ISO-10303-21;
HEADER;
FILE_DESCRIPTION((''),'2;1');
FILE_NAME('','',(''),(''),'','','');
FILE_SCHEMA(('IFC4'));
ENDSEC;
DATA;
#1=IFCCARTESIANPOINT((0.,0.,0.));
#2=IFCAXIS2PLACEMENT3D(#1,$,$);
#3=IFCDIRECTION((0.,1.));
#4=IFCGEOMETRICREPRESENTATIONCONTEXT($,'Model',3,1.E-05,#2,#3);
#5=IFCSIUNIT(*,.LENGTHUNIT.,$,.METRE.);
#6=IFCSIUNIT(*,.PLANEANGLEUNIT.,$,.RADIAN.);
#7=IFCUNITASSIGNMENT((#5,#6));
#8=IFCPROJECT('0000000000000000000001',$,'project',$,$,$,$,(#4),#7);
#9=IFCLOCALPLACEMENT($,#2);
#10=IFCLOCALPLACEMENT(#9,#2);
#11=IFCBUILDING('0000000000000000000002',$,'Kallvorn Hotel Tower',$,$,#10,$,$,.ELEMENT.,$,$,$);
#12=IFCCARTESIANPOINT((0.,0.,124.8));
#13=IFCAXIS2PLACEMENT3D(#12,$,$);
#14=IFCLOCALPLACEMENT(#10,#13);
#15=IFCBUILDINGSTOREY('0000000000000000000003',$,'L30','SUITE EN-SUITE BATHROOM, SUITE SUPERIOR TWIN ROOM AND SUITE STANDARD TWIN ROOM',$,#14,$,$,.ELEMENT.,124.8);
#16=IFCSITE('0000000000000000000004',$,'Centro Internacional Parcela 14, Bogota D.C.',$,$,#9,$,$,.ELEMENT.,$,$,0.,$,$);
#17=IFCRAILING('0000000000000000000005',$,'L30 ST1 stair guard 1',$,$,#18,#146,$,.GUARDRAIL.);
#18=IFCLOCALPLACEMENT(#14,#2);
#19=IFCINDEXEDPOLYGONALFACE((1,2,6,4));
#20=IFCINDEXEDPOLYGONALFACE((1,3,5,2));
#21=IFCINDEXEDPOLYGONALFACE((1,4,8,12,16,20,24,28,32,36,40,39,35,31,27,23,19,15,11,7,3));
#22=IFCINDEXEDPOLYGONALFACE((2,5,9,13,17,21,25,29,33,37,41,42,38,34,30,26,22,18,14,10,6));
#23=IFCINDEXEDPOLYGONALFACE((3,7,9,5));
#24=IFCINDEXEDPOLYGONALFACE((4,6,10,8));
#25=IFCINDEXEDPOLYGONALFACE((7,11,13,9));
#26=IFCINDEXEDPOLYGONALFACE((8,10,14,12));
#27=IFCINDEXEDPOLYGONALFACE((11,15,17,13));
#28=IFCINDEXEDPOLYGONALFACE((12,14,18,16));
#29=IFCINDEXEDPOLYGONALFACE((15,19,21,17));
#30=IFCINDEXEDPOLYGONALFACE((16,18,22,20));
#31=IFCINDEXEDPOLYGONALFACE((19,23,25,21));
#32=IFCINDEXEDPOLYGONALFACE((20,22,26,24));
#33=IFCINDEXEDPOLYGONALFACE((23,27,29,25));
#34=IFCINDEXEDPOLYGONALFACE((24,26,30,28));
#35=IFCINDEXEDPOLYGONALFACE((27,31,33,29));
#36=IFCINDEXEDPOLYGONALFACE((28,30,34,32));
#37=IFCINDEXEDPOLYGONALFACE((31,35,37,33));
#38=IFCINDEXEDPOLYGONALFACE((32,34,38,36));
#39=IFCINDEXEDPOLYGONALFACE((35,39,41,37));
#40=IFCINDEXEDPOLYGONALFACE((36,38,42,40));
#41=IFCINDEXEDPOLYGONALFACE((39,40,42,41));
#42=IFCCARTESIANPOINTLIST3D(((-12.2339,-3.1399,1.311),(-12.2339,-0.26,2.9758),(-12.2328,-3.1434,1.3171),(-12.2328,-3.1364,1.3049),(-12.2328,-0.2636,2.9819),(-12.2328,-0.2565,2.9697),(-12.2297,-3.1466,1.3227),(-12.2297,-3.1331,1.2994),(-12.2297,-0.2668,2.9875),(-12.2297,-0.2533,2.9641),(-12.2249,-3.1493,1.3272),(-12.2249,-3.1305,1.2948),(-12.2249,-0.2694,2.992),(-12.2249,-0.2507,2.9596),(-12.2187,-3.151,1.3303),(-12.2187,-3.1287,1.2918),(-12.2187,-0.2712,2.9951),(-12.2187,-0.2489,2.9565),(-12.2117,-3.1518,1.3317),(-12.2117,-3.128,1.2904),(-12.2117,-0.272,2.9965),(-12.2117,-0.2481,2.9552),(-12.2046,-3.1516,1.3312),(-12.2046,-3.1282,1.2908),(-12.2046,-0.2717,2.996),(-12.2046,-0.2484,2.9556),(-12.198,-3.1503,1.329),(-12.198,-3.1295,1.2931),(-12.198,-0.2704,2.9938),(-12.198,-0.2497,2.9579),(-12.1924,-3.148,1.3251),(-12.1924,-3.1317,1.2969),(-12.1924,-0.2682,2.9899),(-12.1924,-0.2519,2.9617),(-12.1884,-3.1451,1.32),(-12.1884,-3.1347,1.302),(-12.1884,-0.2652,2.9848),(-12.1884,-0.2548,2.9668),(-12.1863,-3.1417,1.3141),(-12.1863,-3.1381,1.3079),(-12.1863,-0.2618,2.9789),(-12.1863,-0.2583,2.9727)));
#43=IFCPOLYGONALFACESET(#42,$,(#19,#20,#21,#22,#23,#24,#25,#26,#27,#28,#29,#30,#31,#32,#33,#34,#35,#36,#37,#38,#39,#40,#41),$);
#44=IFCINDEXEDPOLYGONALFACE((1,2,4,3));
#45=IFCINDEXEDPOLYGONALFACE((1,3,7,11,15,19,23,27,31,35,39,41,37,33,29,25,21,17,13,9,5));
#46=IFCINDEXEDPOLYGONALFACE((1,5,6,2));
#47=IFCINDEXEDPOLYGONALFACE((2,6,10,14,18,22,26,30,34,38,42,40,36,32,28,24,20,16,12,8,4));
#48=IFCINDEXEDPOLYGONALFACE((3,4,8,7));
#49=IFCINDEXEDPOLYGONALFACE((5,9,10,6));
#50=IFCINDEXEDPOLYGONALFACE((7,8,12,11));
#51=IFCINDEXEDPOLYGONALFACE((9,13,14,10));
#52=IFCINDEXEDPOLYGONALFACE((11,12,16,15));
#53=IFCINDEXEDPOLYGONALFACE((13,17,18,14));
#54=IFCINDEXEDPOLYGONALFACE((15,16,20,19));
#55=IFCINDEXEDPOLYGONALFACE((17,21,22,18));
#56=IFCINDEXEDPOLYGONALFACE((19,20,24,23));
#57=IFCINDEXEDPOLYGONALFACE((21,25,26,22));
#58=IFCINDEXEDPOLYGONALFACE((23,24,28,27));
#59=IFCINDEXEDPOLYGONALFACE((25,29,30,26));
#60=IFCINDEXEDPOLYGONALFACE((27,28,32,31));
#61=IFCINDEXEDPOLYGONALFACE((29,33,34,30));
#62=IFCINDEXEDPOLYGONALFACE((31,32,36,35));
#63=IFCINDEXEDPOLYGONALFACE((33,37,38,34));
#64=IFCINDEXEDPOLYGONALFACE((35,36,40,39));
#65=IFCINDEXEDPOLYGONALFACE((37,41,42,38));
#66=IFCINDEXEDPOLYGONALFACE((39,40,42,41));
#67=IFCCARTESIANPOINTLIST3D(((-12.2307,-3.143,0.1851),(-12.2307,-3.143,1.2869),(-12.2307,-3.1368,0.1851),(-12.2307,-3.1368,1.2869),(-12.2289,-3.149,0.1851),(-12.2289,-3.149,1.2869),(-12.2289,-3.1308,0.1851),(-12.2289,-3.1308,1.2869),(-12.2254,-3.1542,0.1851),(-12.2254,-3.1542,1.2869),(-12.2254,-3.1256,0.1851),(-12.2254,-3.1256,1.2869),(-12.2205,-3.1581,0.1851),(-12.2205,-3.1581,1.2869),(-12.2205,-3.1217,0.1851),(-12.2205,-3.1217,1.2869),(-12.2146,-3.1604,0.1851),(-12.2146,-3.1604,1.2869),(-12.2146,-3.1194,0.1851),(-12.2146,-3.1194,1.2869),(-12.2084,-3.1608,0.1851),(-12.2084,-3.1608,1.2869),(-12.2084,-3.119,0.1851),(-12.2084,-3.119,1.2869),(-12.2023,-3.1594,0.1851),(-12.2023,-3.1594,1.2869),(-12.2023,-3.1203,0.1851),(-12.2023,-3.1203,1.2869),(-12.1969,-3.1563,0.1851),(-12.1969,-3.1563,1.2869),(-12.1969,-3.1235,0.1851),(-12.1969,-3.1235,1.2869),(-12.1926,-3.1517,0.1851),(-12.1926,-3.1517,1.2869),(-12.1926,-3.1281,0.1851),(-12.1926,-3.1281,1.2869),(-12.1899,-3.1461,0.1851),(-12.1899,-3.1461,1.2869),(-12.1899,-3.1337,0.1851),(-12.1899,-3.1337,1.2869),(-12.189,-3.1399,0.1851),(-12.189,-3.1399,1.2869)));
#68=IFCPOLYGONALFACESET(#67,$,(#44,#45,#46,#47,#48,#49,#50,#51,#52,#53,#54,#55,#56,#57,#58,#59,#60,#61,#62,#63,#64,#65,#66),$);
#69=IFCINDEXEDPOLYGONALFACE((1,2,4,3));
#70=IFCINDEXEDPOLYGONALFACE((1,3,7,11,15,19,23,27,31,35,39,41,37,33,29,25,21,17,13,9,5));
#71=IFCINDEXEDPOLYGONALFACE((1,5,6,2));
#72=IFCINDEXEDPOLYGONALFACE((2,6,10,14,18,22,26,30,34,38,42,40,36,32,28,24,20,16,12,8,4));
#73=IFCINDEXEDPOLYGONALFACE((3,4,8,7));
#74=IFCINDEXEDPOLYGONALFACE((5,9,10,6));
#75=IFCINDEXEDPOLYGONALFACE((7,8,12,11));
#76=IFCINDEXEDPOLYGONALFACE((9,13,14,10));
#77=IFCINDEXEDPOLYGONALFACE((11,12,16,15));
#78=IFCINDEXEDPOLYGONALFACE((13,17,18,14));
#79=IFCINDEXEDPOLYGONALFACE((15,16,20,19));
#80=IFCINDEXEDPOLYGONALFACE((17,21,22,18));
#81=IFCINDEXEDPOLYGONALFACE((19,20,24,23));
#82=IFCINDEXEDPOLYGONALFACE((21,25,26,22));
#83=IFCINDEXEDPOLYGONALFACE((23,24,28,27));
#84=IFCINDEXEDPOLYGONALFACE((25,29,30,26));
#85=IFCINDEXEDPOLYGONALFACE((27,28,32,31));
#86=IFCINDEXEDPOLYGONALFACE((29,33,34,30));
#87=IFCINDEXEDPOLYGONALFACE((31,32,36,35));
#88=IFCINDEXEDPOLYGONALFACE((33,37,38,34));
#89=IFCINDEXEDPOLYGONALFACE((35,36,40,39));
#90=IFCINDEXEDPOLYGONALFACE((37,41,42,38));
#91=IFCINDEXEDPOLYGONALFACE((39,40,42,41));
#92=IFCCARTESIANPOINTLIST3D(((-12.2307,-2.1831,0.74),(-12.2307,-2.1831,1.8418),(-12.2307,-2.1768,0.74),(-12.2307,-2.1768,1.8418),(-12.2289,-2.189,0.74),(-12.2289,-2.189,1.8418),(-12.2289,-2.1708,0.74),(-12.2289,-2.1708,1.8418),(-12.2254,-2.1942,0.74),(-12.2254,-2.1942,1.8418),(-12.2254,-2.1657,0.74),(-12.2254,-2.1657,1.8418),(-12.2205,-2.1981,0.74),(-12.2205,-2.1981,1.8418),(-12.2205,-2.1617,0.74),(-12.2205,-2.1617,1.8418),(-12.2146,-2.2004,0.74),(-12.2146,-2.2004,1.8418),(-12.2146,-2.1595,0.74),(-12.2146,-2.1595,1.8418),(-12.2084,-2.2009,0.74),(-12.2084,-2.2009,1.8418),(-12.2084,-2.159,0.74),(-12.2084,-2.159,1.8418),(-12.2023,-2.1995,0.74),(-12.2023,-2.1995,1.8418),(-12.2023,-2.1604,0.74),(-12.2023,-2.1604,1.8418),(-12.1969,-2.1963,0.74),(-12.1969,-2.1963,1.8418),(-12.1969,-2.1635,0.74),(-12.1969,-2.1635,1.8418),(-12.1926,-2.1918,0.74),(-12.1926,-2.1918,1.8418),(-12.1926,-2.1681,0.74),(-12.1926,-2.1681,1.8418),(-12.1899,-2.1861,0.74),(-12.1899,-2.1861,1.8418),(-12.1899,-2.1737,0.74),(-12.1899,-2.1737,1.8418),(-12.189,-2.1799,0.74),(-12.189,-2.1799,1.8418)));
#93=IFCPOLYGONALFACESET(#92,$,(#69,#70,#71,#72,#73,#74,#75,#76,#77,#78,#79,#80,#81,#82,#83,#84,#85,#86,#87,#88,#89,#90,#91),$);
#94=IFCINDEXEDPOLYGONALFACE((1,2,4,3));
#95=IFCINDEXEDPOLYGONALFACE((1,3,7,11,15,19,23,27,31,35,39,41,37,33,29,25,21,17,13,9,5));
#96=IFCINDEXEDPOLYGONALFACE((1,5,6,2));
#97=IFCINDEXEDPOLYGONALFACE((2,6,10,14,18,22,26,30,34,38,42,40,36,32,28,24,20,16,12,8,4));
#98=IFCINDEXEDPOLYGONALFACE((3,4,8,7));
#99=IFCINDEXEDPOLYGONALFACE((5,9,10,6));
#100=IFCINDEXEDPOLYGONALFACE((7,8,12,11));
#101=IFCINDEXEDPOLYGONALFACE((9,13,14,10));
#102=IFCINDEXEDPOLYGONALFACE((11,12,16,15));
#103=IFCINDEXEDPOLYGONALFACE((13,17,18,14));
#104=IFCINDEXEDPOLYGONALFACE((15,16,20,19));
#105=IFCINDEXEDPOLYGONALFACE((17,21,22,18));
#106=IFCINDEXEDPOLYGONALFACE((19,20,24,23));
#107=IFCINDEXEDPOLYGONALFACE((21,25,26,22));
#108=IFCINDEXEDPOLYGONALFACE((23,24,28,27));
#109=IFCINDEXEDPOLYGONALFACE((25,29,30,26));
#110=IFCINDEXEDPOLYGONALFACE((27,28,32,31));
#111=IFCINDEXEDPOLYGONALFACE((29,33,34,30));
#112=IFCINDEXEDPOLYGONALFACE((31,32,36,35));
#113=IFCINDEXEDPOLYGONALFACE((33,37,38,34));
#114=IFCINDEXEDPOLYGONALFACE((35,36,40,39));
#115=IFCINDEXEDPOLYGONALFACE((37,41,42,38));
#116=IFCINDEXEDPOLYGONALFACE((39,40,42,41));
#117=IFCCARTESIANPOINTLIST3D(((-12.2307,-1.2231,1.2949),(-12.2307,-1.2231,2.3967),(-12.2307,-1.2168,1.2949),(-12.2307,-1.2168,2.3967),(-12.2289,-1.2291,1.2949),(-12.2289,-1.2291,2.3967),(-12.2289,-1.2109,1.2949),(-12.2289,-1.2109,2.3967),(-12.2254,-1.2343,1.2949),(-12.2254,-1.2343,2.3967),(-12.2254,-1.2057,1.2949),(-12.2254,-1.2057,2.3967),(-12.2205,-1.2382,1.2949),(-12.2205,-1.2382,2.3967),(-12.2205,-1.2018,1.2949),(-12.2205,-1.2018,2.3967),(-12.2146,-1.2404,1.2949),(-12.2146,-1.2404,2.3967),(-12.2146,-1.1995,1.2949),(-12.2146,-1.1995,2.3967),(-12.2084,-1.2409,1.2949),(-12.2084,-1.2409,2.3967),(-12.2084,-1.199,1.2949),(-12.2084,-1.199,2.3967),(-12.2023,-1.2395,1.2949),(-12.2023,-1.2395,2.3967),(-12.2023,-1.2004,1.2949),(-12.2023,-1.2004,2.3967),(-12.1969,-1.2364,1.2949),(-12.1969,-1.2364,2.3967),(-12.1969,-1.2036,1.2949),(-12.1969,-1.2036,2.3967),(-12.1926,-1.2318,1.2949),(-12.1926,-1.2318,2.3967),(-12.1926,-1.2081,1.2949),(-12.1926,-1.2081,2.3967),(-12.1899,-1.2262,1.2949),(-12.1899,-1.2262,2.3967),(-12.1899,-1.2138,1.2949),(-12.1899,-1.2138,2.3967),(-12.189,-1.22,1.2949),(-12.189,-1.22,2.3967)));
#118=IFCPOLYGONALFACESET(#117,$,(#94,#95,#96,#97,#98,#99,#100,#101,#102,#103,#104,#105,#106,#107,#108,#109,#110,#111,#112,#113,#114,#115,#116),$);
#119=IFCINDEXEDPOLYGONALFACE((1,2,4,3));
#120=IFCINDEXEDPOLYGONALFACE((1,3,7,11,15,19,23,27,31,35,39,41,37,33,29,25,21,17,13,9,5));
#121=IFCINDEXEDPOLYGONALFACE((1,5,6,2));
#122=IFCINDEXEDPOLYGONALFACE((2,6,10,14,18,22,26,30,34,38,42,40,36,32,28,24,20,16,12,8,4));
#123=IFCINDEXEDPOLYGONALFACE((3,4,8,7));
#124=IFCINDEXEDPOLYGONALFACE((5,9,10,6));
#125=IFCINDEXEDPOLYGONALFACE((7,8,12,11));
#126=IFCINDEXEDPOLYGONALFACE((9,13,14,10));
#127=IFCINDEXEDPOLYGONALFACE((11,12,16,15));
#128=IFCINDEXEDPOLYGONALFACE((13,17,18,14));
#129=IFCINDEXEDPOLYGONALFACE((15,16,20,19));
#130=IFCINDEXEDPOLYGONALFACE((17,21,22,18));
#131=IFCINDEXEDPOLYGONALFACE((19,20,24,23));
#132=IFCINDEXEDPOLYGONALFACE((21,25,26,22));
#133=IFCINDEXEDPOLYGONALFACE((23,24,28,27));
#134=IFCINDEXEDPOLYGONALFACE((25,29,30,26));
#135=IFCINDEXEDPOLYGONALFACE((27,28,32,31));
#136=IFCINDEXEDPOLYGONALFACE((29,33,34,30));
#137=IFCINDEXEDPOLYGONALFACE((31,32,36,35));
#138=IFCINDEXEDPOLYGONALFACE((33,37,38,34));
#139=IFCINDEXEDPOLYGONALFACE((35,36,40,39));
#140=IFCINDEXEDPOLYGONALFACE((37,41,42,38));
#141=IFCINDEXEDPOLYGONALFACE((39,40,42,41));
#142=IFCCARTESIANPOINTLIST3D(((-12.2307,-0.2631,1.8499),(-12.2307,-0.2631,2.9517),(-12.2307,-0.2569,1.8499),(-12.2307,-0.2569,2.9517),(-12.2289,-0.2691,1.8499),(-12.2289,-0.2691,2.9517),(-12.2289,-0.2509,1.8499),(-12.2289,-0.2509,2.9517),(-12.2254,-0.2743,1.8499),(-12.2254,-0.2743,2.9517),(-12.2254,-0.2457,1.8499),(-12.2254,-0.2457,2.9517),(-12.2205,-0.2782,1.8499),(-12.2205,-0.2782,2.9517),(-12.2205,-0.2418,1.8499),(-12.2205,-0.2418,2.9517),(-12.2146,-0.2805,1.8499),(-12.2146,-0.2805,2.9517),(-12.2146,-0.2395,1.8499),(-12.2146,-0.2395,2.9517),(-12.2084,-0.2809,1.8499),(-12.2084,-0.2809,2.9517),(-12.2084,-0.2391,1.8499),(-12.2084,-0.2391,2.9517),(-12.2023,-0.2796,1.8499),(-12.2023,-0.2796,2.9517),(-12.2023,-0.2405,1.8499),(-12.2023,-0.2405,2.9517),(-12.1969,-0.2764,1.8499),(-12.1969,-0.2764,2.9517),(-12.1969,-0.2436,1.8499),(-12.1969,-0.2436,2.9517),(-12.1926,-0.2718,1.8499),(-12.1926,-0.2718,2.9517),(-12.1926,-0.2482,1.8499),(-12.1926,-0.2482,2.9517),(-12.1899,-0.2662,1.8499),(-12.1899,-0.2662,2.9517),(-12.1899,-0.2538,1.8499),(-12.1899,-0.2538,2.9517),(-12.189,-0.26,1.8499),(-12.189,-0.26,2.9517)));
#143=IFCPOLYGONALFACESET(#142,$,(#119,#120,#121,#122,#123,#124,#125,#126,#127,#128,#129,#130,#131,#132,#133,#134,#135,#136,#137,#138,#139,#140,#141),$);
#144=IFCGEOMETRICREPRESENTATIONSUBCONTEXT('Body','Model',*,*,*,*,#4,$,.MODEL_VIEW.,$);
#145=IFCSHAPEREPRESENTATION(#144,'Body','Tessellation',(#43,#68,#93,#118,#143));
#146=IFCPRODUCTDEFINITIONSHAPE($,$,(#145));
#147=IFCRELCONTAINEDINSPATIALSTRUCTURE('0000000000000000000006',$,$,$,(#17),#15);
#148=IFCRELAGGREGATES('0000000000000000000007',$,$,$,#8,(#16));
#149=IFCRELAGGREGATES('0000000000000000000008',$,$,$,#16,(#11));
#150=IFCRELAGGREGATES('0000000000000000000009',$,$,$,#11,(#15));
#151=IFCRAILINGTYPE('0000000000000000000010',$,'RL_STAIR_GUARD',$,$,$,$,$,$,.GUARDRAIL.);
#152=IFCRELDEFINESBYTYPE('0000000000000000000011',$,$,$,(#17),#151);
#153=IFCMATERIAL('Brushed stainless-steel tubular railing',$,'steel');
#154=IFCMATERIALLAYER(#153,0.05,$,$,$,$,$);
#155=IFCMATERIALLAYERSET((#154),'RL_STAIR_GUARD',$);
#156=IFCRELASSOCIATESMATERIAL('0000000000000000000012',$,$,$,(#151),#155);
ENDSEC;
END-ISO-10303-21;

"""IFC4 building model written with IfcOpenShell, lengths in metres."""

from ifc_helpers import new_model, si_unit, direction, frame, origin, origin_2d, place, context, subcontext, project, spatial, circle, extrude, material, layer, layer_set, type_object, element, save


model = new_model("IFC4")

# Units and contexts
model_context = context("Model", 3, precision=1e-05, world=origin(), true_north=direction((0.0, 1.0)))
body_context = subcontext(model_context, "Body", "Model", "MODEL_VIEW")
ifc_project = project(units=[si_unit("LENGTHUNIT", "METRE"), si_unit("PLANEANGLEUNIT", "RADIAN")], contexts=[model_context])

# Site, building, storey
site_placement = place(None, origin())
site = spatial("IfcSite", under=ifc_project, at=site_placement, Name="Centro Internacional Parcela 14, Bogota D.C.", CompositionType="ELEMENT", RefElevation=0.0)
building_placement = place(site_placement, origin())
building = spatial("IfcBuilding", under=site, at=building_placement, Name="Kallvorn Hotel Tower", CompositionType="ELEMENT")
storey_placement = place(building_placement, frame((0.0, 0.0, 124.8)))
storey = spatial("IfcBuildingStorey", under=building, at=storey_placement, Name="L30", Description="SUITE EN-SUITE BATHROOM, SUITE SUPERIOR TWIN ROOM AND SUITE STANDARD TWIN ROOM", CompositionType="ELEMENT", Elevation=124.8)

# Railing
ifc_material_1 = material(Name="Brushed stainless-steel tubular railing", Category="steel")
ifc_layer_1 = layer(ifc_material_1, 0.05)
ifc_layer_set_1 = layer_set([ifc_layer_1], Name="RL_STAIR_GUARD")
railing_type_1 = type_object("IfcRailingType", Name="RL_STAIR_GUARD", PredefinedType="GUARDRAIL", material=ifc_layer_set_1)
railing_1_placement = place(storey_placement, frame((-12.21, -3.1399, 0.1851)))
element("IfcRailing", 1, at=railing_1_placement, inside=storey, type_object=railing_type_1, Name="L30 ST1 stair guard 1", PredefinedType="GUARDRAIL", context=body_context, shape_type="SweptSolid", body=[
    extrude(circle(Radius=0.0239, at=origin_2d()), frame((0.0, 0.0, 1.126), z_axis=(0.0, 0.865753, 0.500472), x_axis=(-1.0, 0.0, 0.0)), (0.0, 0.0, 1.0), 3.3264),
    extrude(circle(Radius=0.021, at=origin_2d()), origin(), (0.0, 0.0, 1.0), 1.1018),
    extrude(circle(Radius=0.021, at=origin_2d()), frame((0.0, 0.96, 0.5549)), (0.0, 0.0, 1.0), 1.1018),
    extrude(circle(Radius=0.021, at=origin_2d()), frame((0.0, 1.9199, 1.1099)), (0.0, 0.0, 1.0), 1.1018),
    extrude(circle(Radius=0.021, at=origin_2d()), frame((0.0, 2.8799, 1.6648)), (0.0, 0.0, 1.0), 1.1018),
])

save(model, "model.ifc")
